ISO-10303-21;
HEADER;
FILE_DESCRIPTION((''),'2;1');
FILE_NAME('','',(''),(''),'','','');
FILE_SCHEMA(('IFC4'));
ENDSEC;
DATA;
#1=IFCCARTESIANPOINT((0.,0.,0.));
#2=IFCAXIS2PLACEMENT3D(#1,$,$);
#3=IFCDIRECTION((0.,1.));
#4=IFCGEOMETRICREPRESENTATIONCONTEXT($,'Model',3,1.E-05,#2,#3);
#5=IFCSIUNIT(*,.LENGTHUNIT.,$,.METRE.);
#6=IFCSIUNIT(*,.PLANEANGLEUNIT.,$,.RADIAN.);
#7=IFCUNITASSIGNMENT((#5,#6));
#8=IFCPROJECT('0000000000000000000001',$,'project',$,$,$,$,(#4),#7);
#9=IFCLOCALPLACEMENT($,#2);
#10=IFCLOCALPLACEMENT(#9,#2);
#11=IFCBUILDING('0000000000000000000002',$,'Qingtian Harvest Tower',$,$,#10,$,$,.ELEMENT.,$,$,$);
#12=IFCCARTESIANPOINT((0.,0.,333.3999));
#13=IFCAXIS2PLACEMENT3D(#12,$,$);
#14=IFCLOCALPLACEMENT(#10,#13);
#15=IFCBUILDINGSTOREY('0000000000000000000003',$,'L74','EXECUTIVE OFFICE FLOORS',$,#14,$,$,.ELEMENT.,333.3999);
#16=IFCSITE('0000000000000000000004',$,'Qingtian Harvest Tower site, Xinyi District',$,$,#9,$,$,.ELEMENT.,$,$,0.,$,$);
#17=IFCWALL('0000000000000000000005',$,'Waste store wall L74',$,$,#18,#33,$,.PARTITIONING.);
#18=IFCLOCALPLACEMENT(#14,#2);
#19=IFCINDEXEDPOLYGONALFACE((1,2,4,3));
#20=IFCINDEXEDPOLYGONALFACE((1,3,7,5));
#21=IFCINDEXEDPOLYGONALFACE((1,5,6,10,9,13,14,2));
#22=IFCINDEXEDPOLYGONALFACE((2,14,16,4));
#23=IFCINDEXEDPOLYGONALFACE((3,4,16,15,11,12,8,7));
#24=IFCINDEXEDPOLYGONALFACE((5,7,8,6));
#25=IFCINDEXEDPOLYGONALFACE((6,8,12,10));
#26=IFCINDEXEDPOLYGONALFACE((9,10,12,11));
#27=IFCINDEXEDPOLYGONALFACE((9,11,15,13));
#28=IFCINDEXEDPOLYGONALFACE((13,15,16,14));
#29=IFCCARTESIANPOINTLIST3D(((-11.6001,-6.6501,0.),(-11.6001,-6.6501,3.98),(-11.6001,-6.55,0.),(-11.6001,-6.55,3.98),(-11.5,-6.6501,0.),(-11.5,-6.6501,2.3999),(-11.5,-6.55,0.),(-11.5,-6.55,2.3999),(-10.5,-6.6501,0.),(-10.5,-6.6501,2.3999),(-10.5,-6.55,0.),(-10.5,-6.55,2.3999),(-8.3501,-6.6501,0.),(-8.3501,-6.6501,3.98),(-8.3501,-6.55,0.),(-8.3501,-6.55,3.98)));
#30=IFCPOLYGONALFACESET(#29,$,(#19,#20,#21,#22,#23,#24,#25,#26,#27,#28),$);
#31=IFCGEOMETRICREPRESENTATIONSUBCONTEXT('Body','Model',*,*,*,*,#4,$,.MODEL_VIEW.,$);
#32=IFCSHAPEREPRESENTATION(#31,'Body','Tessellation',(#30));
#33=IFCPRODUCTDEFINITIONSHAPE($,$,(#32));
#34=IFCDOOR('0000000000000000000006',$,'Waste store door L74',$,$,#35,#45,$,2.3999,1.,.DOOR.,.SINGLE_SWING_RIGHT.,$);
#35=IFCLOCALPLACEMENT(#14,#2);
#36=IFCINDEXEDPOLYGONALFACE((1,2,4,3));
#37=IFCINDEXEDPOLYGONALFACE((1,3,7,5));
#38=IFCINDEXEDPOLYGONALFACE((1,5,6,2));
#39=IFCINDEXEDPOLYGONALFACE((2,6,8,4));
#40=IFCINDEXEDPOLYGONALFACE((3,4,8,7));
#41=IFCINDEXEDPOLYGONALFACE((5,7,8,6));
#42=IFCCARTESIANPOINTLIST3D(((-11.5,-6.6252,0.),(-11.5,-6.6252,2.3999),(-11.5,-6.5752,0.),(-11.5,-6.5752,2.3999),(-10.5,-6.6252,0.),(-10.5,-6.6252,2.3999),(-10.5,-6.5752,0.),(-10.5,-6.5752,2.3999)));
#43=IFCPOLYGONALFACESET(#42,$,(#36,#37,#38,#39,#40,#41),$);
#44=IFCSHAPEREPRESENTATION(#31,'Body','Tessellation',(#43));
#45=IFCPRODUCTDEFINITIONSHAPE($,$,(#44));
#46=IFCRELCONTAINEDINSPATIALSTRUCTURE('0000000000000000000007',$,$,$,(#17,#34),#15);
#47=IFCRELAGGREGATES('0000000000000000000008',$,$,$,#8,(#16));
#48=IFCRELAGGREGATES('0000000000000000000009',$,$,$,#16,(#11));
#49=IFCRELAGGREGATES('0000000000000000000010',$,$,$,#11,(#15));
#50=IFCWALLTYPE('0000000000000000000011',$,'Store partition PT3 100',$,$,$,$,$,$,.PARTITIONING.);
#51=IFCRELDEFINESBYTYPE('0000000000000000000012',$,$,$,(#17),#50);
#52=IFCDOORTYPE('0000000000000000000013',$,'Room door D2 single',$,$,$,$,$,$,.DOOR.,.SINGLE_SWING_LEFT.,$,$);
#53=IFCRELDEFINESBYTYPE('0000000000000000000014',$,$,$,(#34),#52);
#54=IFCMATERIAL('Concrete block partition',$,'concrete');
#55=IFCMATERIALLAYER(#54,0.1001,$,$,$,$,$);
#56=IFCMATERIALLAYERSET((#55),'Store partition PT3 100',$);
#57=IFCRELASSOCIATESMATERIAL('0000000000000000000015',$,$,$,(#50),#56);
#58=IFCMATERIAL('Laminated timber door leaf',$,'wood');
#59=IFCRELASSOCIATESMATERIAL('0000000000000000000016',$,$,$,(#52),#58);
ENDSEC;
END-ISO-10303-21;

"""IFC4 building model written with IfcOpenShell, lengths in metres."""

from ifc_helpers import new_model, si_unit, direction, frame, frame_2d, origin, place, context, subcontext, project, spatial, rectangle, extrude, material, layer, layer_set, type_object, element, fill, save


model = new_model("IFC4")

# Units and contexts
model_context = context("Model", 3, precision=1e-05, world=origin(), true_north=direction((0.0, 1.0)))
body_context = subcontext(model_context, "Body", "Model", "MODEL_VIEW")
ifc_project = project(units=[si_unit("LENGTHUNIT", "METRE"), si_unit("PLANEANGLEUNIT", "RADIAN")], contexts=[model_context])

# Site, building, storey
site_placement = place(None, origin())
site = spatial("IfcSite", under=ifc_project, at=site_placement, Name="Qingtian Harvest Tower site, Xinyi District", CompositionType="ELEMENT", RefElevation=0.0)
building_placement = place(site_placement, origin())
building = spatial("IfcBuilding", under=site, at=building_placement, Name="Qingtian Harvest Tower", CompositionType="ELEMENT")
storey_placement = place(building_placement, frame((0.0, 0.0, 333.3999)))
storey = spatial("IfcBuildingStorey", under=building, at=storey_placement, Name="L74", Description="EXECUTIVE OFFICE FLOORS", CompositionType="ELEMENT", Elevation=333.3999)

# Wall, opening, door
ifc_material_1 = material(Name="Concrete block partition", Category="concrete")
ifc_layer_1 = layer(ifc_material_1, 0.1001)
ifc_layer_set_1 = layer_set([ifc_layer_1], Name="Store partition PT3 100")
wall_type_1 = type_object("IfcWallType", Name="Store partition PT3 100", PredefinedType="PARTITIONING", material=ifc_layer_set_1)
wall_1_placement = place(storey_placement, frame((-11.6001, -6.6001, 0.0), z_axis=(0.0, 0.0, 1.0), x_axis=(1.0, 0.0, 0.0)))
wall_1 = element("IfcWall", 1, at=wall_1_placement, inside=storey, type_object=wall_type_1, Name="Waste store wall L74", PredefinedType="PARTITIONING", context=body_context, shape_type="SweptSolid", body=[
    extrude(rectangle(XDim=3.25, YDim=0.1001, at=frame_2d((1.625, 0.0))), origin(), (0.0, 0.0, 1.0), 3.98),
])
opening_1_placement = place(wall_1_placement, frame((0.1001, 0.0, 0.0)))
opening_1 = element("IfcOpeningElement", 2, at=opening_1_placement, cuts=wall_1, PredefinedType="OPENING", context=body_context, shape_type="SweptSolid", body=[
    extrude(rectangle(XDim=1.0, YDim=2.3999, at=frame_2d((0.5, 1.2))), frame((0.0, 0.0601, 0.0), z_axis=(0.0, -1.0, 0.0), x_axis=(1.0, 0.0, 0.0)), (0.0, 0.0, 1.0), 0.1201),
])
ifc_material_2 = material(Name="Laminated timber door leaf", Category="wood")
door_type_1 = type_object("IfcDoorType", Name="Room door D2 single", OperationType="SINGLE_SWING_LEFT", PredefinedType="DOOR", material=ifc_material_2)
door_1_placement = place(opening_1_placement, origin())
door_1 = element("IfcDoor", 3, at=door_1_placement, inside=storey, type_object=door_type_1, Name="Waste store door L74", OperationType="SINGLE_SWING_RIGHT", OverallHeight=2.3999, OverallWidth=1.0, PredefinedType="DOOR", context=body_context, shape_type="SweptSolid", body=[
    extrude(rectangle(XDim=1.0, YDim=2.3999, at=frame_2d((0.5, 1.2))), frame((0.0, 0.0249, 0.0), z_axis=(0.0, -1.0, 0.0), x_axis=(1.0, 0.0, 0.0)), (0.0, 0.0, 1.0), 0.05),
])
fill(opening_1, door_1)

save(model, "model.ifc")
